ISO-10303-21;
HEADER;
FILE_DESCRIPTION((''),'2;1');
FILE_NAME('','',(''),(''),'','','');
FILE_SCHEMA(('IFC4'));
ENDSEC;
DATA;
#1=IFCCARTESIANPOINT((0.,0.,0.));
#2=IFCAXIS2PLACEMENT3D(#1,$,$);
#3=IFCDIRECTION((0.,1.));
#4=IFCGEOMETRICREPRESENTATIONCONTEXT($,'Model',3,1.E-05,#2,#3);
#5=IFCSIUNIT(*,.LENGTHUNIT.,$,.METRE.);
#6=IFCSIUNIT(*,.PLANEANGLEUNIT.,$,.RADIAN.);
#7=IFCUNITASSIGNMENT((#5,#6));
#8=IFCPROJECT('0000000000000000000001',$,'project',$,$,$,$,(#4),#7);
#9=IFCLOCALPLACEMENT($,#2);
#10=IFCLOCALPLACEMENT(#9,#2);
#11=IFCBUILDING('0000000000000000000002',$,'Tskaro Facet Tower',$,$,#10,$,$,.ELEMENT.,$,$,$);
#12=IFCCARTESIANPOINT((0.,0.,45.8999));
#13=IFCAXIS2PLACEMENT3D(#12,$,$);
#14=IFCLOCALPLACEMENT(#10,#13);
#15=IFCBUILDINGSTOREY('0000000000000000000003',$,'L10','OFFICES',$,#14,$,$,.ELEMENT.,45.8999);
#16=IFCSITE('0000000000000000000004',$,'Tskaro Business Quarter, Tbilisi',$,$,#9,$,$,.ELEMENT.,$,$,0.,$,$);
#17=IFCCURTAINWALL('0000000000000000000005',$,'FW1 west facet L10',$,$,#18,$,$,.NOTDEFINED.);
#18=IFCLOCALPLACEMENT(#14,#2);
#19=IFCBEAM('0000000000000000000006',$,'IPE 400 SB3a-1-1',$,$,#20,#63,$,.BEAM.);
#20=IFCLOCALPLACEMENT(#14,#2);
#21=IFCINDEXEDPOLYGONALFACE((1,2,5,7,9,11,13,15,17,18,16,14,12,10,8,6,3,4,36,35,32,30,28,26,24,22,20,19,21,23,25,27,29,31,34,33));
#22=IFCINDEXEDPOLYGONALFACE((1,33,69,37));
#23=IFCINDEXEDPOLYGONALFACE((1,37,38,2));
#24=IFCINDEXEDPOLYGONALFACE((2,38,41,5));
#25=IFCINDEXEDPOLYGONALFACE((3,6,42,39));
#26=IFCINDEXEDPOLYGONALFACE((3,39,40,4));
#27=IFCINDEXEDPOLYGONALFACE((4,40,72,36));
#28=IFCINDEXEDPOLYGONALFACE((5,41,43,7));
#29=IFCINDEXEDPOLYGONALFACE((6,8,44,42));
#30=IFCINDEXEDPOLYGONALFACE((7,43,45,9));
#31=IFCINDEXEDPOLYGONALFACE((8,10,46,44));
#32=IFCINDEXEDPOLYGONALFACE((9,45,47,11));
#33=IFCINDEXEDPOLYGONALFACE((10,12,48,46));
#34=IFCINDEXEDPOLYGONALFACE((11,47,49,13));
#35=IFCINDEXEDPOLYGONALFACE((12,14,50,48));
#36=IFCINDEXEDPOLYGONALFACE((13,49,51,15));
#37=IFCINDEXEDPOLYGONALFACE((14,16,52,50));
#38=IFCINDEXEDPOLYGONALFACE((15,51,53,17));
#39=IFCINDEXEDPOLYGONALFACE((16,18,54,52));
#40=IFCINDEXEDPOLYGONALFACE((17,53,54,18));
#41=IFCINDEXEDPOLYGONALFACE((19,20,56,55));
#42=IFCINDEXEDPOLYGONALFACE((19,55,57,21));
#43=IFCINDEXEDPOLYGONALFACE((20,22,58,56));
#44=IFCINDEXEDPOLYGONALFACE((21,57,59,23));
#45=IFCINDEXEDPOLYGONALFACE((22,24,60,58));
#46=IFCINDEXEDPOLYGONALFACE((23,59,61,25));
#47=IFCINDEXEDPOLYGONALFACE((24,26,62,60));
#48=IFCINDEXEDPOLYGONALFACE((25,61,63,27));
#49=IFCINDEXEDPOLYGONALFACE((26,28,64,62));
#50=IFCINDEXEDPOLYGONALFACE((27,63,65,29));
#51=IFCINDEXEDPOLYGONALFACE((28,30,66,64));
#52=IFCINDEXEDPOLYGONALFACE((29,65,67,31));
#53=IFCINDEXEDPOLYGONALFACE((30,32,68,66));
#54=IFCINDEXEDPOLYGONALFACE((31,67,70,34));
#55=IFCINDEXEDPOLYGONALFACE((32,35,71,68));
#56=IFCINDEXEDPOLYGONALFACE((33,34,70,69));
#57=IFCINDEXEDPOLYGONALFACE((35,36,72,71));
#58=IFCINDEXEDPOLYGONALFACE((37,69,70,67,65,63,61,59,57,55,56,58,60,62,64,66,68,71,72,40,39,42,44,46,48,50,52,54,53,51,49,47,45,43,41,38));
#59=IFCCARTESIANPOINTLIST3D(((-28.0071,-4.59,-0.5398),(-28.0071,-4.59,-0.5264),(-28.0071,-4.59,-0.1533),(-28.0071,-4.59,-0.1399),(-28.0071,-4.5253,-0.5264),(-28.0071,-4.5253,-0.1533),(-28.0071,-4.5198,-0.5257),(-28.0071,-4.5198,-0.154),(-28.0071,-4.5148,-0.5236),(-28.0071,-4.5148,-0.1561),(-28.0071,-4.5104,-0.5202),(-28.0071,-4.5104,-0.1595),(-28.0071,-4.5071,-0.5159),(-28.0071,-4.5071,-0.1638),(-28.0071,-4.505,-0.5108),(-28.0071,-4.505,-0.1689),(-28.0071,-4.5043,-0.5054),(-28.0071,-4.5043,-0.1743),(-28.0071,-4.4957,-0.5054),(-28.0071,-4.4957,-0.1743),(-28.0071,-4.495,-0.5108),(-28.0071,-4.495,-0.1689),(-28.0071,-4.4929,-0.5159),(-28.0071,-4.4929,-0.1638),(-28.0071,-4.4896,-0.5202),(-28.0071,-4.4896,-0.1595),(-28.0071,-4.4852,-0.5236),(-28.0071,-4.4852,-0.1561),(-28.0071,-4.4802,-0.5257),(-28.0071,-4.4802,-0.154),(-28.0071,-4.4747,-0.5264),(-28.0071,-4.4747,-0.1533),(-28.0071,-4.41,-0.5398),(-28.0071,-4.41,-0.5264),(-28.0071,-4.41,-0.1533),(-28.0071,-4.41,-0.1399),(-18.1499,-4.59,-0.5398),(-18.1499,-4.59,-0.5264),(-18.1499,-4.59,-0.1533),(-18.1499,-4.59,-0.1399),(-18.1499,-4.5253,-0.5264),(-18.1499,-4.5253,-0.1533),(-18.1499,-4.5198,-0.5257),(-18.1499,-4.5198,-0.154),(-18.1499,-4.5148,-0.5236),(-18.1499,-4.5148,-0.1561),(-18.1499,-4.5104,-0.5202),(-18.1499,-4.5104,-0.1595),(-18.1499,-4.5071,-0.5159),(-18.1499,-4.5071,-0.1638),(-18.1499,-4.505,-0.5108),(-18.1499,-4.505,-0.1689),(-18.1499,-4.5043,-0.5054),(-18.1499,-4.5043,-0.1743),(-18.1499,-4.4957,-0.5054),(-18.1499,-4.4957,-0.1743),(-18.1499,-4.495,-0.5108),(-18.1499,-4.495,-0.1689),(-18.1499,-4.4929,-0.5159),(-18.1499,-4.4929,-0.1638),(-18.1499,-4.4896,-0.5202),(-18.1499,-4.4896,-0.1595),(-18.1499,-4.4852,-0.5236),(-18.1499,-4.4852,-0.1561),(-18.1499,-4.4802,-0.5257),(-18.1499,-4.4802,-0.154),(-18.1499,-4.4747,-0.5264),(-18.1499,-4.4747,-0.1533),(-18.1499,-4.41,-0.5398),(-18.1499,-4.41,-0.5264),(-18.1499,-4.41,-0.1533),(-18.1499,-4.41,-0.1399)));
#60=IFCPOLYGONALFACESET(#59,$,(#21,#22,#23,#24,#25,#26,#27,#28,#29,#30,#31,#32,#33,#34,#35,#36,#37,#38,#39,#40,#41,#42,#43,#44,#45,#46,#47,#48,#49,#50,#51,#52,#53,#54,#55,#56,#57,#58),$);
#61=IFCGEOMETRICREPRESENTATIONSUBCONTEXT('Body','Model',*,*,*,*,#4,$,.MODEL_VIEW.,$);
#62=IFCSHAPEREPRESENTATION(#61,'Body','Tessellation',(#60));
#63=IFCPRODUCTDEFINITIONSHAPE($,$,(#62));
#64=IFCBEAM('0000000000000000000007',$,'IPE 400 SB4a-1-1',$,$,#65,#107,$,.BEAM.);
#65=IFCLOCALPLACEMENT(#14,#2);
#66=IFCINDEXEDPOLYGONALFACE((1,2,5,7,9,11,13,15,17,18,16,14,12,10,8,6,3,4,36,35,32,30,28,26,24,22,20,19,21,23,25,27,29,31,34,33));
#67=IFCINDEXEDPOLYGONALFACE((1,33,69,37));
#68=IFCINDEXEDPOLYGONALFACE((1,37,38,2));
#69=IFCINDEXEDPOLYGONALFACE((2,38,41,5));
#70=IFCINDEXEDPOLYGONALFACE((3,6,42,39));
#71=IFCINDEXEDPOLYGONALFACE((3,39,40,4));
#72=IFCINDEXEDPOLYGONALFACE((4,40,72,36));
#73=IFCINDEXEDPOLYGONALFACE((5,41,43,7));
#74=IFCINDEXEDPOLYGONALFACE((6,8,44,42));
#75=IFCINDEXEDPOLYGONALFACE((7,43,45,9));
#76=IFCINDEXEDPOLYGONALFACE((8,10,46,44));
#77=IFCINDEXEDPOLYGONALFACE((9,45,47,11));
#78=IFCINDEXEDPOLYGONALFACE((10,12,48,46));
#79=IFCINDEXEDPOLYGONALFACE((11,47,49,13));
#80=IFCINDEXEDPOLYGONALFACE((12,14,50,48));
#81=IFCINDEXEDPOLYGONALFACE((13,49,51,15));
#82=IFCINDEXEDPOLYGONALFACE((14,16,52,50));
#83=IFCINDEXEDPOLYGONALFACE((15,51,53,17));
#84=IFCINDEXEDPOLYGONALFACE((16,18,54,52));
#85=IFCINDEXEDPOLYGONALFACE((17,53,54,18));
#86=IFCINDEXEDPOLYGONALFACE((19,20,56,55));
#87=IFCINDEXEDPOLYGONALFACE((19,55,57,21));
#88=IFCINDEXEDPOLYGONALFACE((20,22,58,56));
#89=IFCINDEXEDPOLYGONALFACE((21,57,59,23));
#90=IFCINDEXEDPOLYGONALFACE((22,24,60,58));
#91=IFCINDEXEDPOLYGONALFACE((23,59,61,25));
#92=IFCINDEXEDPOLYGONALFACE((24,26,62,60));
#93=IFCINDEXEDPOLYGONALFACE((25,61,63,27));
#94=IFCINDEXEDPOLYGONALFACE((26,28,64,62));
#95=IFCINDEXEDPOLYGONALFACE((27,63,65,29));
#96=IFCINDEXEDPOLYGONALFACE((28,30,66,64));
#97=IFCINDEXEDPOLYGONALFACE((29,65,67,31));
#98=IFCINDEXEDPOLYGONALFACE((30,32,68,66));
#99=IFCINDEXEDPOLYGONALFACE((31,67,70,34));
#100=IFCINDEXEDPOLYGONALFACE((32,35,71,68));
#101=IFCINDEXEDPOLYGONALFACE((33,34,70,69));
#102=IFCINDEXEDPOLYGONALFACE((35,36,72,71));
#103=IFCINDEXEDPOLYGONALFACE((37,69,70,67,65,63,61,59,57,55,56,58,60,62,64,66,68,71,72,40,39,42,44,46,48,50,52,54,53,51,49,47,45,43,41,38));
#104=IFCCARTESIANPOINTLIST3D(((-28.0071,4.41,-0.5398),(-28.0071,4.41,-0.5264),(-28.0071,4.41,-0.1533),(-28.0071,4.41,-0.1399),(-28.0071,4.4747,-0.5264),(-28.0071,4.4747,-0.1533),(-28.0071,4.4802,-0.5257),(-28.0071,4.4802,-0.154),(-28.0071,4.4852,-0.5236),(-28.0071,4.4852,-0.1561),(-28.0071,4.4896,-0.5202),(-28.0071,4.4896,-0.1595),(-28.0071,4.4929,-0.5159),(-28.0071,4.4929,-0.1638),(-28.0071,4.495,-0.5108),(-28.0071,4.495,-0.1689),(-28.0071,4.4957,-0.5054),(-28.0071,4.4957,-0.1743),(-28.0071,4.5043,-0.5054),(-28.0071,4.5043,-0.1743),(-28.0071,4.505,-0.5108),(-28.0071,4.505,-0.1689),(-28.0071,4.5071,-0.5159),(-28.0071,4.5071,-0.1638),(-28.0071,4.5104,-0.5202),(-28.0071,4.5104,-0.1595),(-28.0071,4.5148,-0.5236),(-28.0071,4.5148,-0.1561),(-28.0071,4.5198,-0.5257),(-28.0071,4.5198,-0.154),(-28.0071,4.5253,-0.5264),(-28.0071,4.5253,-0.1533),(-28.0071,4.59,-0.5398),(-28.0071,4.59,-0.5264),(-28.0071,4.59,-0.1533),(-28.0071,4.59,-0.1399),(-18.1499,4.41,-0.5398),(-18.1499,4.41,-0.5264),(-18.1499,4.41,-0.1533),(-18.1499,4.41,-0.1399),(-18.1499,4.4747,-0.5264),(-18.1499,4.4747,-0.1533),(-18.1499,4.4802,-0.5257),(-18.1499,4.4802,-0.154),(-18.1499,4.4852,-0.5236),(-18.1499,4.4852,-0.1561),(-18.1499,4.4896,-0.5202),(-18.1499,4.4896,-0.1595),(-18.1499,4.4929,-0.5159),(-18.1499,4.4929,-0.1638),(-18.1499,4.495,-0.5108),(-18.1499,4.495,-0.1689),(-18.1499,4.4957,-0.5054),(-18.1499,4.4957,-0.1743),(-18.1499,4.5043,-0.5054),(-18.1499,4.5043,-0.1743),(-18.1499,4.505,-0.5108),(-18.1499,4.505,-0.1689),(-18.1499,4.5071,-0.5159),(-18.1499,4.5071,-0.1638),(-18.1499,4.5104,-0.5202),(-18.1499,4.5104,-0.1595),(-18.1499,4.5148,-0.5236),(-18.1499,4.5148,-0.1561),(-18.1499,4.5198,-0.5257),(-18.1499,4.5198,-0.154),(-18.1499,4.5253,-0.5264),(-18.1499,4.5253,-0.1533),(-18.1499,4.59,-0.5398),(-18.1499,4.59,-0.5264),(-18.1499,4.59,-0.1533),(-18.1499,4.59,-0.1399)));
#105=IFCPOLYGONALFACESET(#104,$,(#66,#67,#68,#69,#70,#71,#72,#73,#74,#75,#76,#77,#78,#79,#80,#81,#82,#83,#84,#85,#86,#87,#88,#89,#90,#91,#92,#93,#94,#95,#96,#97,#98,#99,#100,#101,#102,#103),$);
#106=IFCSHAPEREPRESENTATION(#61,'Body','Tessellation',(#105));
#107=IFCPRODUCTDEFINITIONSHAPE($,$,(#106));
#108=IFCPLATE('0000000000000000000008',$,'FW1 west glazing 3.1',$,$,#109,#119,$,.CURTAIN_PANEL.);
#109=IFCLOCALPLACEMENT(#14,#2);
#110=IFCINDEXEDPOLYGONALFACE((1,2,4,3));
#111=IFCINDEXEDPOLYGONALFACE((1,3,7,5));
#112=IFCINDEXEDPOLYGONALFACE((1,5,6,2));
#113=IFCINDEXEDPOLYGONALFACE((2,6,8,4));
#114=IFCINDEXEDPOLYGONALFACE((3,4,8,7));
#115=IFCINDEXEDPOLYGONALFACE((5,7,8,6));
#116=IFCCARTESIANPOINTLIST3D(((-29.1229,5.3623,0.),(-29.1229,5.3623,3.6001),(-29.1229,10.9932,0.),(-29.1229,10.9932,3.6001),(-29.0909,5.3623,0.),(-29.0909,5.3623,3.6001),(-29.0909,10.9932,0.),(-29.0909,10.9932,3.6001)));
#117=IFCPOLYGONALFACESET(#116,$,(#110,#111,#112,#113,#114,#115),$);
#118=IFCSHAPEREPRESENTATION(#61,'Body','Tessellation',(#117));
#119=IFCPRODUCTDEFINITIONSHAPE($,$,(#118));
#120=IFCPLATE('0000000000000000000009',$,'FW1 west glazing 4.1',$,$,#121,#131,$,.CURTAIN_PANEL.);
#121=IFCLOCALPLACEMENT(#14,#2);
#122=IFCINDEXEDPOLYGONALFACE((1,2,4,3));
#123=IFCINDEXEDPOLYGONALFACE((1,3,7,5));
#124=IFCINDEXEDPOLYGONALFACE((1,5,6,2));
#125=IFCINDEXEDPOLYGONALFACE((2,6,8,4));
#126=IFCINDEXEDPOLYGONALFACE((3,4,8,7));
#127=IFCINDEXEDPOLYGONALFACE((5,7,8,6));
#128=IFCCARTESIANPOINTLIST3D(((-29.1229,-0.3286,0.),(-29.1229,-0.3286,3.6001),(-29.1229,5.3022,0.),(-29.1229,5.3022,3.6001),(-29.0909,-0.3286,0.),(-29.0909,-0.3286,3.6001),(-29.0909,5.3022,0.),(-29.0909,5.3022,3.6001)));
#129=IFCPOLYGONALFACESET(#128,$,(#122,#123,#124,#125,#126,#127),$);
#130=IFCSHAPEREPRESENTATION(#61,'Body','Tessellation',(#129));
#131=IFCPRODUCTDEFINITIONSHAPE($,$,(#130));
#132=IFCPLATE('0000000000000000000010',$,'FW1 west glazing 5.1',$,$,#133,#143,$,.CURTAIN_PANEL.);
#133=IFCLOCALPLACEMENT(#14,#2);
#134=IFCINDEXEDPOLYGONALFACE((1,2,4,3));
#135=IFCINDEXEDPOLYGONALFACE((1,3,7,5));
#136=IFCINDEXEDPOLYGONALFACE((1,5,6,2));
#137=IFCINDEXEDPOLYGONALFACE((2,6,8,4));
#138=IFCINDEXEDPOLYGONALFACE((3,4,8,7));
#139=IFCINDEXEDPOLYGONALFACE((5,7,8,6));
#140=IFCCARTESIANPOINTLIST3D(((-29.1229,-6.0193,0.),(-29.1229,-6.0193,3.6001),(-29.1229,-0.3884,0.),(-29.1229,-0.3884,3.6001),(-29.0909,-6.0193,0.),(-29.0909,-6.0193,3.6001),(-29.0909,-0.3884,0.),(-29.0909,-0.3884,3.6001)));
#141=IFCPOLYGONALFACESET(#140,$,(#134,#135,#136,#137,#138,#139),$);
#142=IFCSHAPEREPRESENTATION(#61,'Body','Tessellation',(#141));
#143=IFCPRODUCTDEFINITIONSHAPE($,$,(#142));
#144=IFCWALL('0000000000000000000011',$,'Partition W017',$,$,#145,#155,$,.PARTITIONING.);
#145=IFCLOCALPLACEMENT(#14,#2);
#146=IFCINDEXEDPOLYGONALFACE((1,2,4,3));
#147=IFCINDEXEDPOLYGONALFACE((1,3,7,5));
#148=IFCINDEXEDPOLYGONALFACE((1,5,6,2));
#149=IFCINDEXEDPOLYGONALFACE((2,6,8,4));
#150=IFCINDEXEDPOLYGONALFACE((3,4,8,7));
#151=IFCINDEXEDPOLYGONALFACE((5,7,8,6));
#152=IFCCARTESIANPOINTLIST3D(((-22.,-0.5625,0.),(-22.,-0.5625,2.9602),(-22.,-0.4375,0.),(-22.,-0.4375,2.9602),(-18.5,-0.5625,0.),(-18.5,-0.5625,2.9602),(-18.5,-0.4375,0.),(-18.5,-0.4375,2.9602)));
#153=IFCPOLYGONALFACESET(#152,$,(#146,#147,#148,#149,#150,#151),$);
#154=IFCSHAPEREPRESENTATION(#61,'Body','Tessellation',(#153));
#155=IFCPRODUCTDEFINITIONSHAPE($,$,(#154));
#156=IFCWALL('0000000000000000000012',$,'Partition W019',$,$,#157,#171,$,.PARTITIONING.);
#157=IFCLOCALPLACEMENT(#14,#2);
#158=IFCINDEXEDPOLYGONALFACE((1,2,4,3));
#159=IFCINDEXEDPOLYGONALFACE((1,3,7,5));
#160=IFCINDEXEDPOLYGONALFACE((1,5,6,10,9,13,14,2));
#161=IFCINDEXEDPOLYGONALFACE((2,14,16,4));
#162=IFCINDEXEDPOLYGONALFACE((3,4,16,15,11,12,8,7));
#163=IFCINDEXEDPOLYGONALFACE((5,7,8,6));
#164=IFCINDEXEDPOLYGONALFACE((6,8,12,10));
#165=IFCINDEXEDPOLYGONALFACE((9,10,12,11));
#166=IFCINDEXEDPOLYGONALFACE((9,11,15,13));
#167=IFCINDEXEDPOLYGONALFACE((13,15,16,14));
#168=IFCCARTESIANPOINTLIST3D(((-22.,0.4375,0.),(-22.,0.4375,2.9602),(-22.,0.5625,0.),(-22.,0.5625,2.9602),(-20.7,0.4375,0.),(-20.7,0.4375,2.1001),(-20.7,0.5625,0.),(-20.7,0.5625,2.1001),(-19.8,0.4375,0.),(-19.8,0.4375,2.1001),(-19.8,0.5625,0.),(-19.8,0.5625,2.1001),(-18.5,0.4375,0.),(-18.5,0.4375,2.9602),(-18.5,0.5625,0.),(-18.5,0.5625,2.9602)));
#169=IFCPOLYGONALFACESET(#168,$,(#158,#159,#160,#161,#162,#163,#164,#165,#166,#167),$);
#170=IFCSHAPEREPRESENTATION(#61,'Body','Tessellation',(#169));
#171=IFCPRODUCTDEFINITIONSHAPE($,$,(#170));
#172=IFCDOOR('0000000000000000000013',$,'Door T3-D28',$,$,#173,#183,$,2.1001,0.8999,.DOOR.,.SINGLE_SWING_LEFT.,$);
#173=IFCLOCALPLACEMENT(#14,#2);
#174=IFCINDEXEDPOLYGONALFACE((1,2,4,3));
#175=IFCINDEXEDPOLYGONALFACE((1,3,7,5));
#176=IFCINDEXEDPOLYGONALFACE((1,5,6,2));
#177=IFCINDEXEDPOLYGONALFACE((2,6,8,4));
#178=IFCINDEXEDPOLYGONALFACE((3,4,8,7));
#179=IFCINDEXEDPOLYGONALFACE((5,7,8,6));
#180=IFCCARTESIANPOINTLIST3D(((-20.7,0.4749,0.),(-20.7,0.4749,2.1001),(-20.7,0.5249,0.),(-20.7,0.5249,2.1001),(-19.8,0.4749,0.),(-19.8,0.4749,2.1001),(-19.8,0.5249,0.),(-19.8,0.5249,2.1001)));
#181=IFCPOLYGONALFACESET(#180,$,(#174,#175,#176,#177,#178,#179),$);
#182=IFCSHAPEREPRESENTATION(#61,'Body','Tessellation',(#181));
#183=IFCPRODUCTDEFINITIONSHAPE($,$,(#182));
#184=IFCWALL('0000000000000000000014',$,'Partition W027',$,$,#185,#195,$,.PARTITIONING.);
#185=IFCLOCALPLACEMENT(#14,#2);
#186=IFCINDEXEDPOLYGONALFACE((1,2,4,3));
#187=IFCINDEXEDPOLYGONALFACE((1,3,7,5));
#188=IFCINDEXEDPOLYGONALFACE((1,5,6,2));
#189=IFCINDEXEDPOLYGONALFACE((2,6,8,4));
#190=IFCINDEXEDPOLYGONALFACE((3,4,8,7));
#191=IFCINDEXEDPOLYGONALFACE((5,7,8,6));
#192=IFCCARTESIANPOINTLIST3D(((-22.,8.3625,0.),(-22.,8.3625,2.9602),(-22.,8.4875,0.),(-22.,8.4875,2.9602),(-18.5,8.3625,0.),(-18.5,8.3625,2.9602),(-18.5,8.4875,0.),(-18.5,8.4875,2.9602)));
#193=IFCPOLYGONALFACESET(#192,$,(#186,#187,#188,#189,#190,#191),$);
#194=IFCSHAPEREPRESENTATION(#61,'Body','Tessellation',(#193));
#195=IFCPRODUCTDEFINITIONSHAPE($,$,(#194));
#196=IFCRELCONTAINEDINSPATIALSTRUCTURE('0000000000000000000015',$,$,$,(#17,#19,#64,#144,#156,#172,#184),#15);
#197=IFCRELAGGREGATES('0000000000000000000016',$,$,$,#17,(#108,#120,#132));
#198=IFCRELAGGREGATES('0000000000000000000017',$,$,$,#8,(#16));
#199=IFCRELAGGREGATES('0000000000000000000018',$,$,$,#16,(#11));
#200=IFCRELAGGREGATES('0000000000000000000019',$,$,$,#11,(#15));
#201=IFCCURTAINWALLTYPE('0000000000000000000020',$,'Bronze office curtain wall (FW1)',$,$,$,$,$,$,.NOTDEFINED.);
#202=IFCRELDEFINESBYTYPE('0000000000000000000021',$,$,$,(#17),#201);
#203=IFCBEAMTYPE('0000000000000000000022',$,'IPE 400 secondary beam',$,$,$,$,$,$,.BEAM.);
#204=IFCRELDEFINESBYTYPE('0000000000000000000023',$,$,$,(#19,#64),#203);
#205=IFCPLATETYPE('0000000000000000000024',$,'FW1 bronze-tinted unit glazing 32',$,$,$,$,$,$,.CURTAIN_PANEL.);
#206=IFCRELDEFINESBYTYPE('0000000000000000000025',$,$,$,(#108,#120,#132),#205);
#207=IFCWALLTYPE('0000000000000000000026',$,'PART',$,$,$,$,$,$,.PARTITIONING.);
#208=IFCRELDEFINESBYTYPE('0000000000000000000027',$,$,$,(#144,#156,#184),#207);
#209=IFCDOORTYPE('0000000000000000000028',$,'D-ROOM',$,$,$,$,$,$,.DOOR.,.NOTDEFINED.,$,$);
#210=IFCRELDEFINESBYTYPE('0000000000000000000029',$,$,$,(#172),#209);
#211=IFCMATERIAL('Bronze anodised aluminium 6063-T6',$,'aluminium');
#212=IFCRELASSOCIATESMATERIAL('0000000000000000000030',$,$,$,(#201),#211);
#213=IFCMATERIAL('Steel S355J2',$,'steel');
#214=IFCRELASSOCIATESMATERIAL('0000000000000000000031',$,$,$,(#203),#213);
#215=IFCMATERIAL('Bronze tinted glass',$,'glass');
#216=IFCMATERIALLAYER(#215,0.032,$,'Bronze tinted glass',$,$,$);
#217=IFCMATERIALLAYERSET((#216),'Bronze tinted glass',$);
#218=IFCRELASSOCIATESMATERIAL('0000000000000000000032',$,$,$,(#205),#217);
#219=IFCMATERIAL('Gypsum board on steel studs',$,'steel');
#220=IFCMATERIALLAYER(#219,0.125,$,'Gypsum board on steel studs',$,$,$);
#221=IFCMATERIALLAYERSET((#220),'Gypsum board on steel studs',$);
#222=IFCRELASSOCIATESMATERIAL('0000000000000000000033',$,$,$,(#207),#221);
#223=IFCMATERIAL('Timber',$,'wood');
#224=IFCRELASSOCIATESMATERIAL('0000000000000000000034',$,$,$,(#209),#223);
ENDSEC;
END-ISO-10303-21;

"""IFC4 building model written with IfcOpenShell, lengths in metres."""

from ifc_helpers import new_model, si_unit, direction, frame, frame_2d, origin, origin_2d, place, context, subcontext, project, spatial, rectangle, i_section, extrude, material, layer, layer_set, material_profile, profile_set, type_object, element, fill, aggregate, save


model = new_model("IFC4")

# Units and contexts
model_context = context("Model", 3, precision=1e-05, world=origin(), true_north=direction((0.0, 1.0)))
body_context = subcontext(model_context, "Body", "Model", "MODEL_VIEW")
ifc_project = project(units=[si_unit("LENGTHUNIT", "METRE"), si_unit("PLANEANGLEUNIT", "RADIAN")], contexts=[model_context])

# Site, building, storey
site_placement = place(None, origin())
site = spatial("IfcSite", under=ifc_project, at=site_placement, Name="Tskaro Business Quarter, Tbilisi", CompositionType="ELEMENT", RefElevation=0.0)
building_placement = place(site_placement, origin())
building = spatial("IfcBuilding", under=site, at=building_placement, Name="Tskaro Facet Tower", CompositionType="ELEMENT")
storey_placement = place(building_placement, frame((0.0, 0.0, 45.8999)))
storey = spatial("IfcBuildingStorey", under=building, at=storey_placement, Name="L10", Description="OFFICES", CompositionType="ELEMENT", Elevation=45.8999)

# Curtain wall
ifc_material_1 = material(Name="Bronze anodised aluminium 6063-T6", Category="aluminium")
curtain_wall_type = type_object("IfcCurtainWallType", Name="Bronze office curtain wall (FW1)", PredefinedType="NOTDEFINED", material=ifc_material_1)
curtain_wall_placement = place(storey_placement, origin())
curtain_wall = element("IfcCurtainWall", 1, at=curtain_wall_placement, inside=storey, type_object=curtain_wall_type, Name="FW1 west facet L10", PredefinedType="NOTDEFINED")

# Beams
ifc_material_2 = material(Name="Steel S355J2", Category="steel")
ifc_material_profile_1 = material_profile(ifc_material_2, i_section(OverallWidth=0.1799, OverallDepth=0.3999, WebThickness=0.0085, FlangeThickness=0.0134, FilletRadius=0.021, at=origin_2d()), Name="IPE 400")
ifc_profile_set_1 = profile_set([ifc_material_profile_1], Name="Steel S355J2")
beam_type_1 = type_object("IfcBeamType", Name="IPE 400 secondary beam", PredefinedType="BEAM", material=ifc_profile_set_1)
for number, where, z_axis, x_axis, name in (
    (2, (-28.0071, -4.5, -0.3398), (1.0, 0.0, 0.0), (0.0, 1.0, 0.0), "IPE 400 SB3a-1-1"),
    (3, (-28.0071, 4.5, -0.3398), (1.0, 0.0, 0.0), (0.0, 1.0, 0.0), "IPE 400 SB4a-1-1"),
):
    element("IfcBeam", number, at=place(storey_placement, frame(where, z_axis=z_axis, x_axis=x_axis)), inside=storey, type_object=beam_type_1, Name=name, PredefinedType="BEAM", context=body_context, shape_type="SweptSolid", body=[
        extrude(i_section(OverallWidth=0.1799, OverallDepth=0.3999, WebThickness=0.0085, FlangeThickness=0.0134, FilletRadius=0.021, at=origin_2d()), origin(), (0.0, 0.0, 1.0), 9.8572),
    ])

# Plates
ifc_material_3 = material(Name="Bronze tinted glass", Category="glass")
ifc_layer_1 = layer(ifc_material_3, 0.032, Name="Bronze tinted glass")
ifc_layer_set_1 = layer_set([ifc_layer_1], Name="Bronze tinted glass")
plate_type = type_object("IfcPlateType", Name="FW1 bronze-tinted unit glazing 32", PredefinedType="CURTAIN_PANEL", material=ifc_layer_set_1)
plate_1_placement = place(storey_placement, frame((-29.1069, 8.1777, 0.0), z_axis=(0.0, 0.0, 1.0), x_axis=(0.0, -1.0, 0.0)))
plate_1 = element("IfcPlate", 4, at=plate_1_placement, type_object=plate_type, Name="FW1 west glazing 3.1", PredefinedType="CURTAIN_PANEL", context=body_context, shape_type="SweptSolid", body=[
    extrude(rectangle(XDim=5.6309, YDim=0.032, at=origin_2d()), origin(), (0.0, 0.0, 1.0), 3.6001),
])
plate_2_placement = place(storey_placement, frame((-29.1069, 2.4868, 0.0), z_axis=(0.0, 0.0, 1.0), x_axis=(0.0, -1.0, 0.0)))
plate_2 = element("IfcPlate", 5, at=plate_2_placement, type_object=plate_type, Name="FW1 west glazing 4.1", PredefinedType="CURTAIN_PANEL", context=body_context, shape_type="SweptSolid", body=[
    extrude(rectangle(XDim=5.6309, YDim=0.032, at=origin_2d()), origin(), (0.0, 0.0, 1.0), 3.6001),
])
plate_3_placement = place(storey_placement, frame((-29.1069, -3.2039, 0.0), z_axis=(0.0, 0.0, 1.0), x_axis=(0.0, -1.0, 0.0)))
plate_3 = element("IfcPlate", 6, at=plate_3_placement, type_object=plate_type, Name="FW1 west glazing 5.1", PredefinedType="CURTAIN_PANEL", context=body_context, shape_type="SweptSolid", body=[
    extrude(rectangle(XDim=5.6309, YDim=0.032, at=origin_2d()), origin(), (0.0, 0.0, 1.0), 3.6001),
])
aggregate(curtain_wall, [plate_1, plate_2, plate_3])

# Wall
ifc_material_4 = material(Name="Gypsum board on steel studs", Category="steel")
ifc_layer_2 = layer(ifc_material_4, 0.125, Name="Gypsum board on steel studs")
ifc_layer_set_2 = layer_set([ifc_layer_2], Name="Gypsum board on steel studs")
wall_type = type_object("IfcWallType", Name="PART", PredefinedType="PARTITIONING", material=ifc_layer_set_2)
wall_1_placement = place(storey_placement, frame((-22.0, -0.5, 0.0), z_axis=(0.0, 0.0, 1.0), x_axis=(1.0, 0.0, 0.0)))
element("IfcWall", 7, at=wall_1_placement, inside=storey, type_object=wall_type, Name="Partition W017", PredefinedType="PARTITIONING", context=body_context, shape_type="SweptSolid", body=[
    extrude(rectangle(XDim=3.5, YDim=0.125, at=frame_2d((1.75, 0.0))), origin(), (0.0, 0.0, 1.0), 2.9602),
])

# Wall, opening, door
wall_2_placement = place(storey_placement, frame((-22.0, 0.5, 0.0), z_axis=(0.0, 0.0, 1.0), x_axis=(1.0, 0.0, 0.0)))
wall_2 = element("IfcWall", 8, at=wall_2_placement, inside=storey, type_object=wall_type, Name="Partition W019", PredefinedType="PARTITIONING", context=body_context, shape_type="SweptSolid", body=[
    extrude(rectangle(XDim=3.5, YDim=0.125, at=frame_2d((1.75, 0.0))), origin(), (0.0, 0.0, 1.0), 2.9602),
])
opening_placement = place(wall_2_placement, frame((1.3, 0.0, 0.0)))
opening = element("IfcOpeningElement", 9, at=opening_placement, cuts=wall_2, PredefinedType="OPENING", context=body_context, shape_type="SweptSolid", body=[
    extrude(rectangle(XDim=0.8999, YDim=2.1001, at=frame_2d((0.45, 1.05))), frame((0.0, 0.0725, 0.0), z_axis=(0.0, -1.0, 0.0), x_axis=(1.0, 0.0, 0.0)), (0.0, 0.0, 1.0), 0.145),
])
ifc_material_5 = material(Name="Timber", Category="wood")
door_type = type_object("IfcDoorType", Name="D-ROOM", OperationType="NOTDEFINED", PredefinedType="DOOR", material=ifc_material_5)
door_placement = place(opening_placement, origin())
door = element("IfcDoor", 10, at=door_placement, inside=storey, type_object=door_type, Name="Door T3-D28", OperationType="SINGLE_SWING_LEFT", OverallHeight=2.1001, OverallWidth=0.8999, PredefinedType="DOOR", context=body_context, shape_type="SweptSolid", body=[
    extrude(rectangle(XDim=0.8999, YDim=2.1001, at=frame_2d((0.45, 1.05))), frame((0.0, 0.0249, 0.0), z_axis=(0.0, -1.0, 0.0), x_axis=(1.0, 0.0, 0.0)), (0.0, 0.0, 1.0), 0.05),
])
fill(opening, door)

# Wall
wall_3_placement = place(storey_placement, frame((-22.0, 8.425, 0.0), z_axis=(0.0, 0.0, 1.0), x_axis=(1.0, 0.0, 0.0)))
element("IfcWall", 11, at=wall_3_placement, inside=storey, type_object=wall_type, Name="Partition W027", PredefinedType="PARTITIONING", context=body_context, shape_type="SweptSolid", body=[
    extrude(rectangle(XDim=3.5, YDim=0.125, at=frame_2d((1.75, 0.0))), origin(), (0.0, 0.0, 1.0), 2.9602),
])

save(model, "model.ifc")
